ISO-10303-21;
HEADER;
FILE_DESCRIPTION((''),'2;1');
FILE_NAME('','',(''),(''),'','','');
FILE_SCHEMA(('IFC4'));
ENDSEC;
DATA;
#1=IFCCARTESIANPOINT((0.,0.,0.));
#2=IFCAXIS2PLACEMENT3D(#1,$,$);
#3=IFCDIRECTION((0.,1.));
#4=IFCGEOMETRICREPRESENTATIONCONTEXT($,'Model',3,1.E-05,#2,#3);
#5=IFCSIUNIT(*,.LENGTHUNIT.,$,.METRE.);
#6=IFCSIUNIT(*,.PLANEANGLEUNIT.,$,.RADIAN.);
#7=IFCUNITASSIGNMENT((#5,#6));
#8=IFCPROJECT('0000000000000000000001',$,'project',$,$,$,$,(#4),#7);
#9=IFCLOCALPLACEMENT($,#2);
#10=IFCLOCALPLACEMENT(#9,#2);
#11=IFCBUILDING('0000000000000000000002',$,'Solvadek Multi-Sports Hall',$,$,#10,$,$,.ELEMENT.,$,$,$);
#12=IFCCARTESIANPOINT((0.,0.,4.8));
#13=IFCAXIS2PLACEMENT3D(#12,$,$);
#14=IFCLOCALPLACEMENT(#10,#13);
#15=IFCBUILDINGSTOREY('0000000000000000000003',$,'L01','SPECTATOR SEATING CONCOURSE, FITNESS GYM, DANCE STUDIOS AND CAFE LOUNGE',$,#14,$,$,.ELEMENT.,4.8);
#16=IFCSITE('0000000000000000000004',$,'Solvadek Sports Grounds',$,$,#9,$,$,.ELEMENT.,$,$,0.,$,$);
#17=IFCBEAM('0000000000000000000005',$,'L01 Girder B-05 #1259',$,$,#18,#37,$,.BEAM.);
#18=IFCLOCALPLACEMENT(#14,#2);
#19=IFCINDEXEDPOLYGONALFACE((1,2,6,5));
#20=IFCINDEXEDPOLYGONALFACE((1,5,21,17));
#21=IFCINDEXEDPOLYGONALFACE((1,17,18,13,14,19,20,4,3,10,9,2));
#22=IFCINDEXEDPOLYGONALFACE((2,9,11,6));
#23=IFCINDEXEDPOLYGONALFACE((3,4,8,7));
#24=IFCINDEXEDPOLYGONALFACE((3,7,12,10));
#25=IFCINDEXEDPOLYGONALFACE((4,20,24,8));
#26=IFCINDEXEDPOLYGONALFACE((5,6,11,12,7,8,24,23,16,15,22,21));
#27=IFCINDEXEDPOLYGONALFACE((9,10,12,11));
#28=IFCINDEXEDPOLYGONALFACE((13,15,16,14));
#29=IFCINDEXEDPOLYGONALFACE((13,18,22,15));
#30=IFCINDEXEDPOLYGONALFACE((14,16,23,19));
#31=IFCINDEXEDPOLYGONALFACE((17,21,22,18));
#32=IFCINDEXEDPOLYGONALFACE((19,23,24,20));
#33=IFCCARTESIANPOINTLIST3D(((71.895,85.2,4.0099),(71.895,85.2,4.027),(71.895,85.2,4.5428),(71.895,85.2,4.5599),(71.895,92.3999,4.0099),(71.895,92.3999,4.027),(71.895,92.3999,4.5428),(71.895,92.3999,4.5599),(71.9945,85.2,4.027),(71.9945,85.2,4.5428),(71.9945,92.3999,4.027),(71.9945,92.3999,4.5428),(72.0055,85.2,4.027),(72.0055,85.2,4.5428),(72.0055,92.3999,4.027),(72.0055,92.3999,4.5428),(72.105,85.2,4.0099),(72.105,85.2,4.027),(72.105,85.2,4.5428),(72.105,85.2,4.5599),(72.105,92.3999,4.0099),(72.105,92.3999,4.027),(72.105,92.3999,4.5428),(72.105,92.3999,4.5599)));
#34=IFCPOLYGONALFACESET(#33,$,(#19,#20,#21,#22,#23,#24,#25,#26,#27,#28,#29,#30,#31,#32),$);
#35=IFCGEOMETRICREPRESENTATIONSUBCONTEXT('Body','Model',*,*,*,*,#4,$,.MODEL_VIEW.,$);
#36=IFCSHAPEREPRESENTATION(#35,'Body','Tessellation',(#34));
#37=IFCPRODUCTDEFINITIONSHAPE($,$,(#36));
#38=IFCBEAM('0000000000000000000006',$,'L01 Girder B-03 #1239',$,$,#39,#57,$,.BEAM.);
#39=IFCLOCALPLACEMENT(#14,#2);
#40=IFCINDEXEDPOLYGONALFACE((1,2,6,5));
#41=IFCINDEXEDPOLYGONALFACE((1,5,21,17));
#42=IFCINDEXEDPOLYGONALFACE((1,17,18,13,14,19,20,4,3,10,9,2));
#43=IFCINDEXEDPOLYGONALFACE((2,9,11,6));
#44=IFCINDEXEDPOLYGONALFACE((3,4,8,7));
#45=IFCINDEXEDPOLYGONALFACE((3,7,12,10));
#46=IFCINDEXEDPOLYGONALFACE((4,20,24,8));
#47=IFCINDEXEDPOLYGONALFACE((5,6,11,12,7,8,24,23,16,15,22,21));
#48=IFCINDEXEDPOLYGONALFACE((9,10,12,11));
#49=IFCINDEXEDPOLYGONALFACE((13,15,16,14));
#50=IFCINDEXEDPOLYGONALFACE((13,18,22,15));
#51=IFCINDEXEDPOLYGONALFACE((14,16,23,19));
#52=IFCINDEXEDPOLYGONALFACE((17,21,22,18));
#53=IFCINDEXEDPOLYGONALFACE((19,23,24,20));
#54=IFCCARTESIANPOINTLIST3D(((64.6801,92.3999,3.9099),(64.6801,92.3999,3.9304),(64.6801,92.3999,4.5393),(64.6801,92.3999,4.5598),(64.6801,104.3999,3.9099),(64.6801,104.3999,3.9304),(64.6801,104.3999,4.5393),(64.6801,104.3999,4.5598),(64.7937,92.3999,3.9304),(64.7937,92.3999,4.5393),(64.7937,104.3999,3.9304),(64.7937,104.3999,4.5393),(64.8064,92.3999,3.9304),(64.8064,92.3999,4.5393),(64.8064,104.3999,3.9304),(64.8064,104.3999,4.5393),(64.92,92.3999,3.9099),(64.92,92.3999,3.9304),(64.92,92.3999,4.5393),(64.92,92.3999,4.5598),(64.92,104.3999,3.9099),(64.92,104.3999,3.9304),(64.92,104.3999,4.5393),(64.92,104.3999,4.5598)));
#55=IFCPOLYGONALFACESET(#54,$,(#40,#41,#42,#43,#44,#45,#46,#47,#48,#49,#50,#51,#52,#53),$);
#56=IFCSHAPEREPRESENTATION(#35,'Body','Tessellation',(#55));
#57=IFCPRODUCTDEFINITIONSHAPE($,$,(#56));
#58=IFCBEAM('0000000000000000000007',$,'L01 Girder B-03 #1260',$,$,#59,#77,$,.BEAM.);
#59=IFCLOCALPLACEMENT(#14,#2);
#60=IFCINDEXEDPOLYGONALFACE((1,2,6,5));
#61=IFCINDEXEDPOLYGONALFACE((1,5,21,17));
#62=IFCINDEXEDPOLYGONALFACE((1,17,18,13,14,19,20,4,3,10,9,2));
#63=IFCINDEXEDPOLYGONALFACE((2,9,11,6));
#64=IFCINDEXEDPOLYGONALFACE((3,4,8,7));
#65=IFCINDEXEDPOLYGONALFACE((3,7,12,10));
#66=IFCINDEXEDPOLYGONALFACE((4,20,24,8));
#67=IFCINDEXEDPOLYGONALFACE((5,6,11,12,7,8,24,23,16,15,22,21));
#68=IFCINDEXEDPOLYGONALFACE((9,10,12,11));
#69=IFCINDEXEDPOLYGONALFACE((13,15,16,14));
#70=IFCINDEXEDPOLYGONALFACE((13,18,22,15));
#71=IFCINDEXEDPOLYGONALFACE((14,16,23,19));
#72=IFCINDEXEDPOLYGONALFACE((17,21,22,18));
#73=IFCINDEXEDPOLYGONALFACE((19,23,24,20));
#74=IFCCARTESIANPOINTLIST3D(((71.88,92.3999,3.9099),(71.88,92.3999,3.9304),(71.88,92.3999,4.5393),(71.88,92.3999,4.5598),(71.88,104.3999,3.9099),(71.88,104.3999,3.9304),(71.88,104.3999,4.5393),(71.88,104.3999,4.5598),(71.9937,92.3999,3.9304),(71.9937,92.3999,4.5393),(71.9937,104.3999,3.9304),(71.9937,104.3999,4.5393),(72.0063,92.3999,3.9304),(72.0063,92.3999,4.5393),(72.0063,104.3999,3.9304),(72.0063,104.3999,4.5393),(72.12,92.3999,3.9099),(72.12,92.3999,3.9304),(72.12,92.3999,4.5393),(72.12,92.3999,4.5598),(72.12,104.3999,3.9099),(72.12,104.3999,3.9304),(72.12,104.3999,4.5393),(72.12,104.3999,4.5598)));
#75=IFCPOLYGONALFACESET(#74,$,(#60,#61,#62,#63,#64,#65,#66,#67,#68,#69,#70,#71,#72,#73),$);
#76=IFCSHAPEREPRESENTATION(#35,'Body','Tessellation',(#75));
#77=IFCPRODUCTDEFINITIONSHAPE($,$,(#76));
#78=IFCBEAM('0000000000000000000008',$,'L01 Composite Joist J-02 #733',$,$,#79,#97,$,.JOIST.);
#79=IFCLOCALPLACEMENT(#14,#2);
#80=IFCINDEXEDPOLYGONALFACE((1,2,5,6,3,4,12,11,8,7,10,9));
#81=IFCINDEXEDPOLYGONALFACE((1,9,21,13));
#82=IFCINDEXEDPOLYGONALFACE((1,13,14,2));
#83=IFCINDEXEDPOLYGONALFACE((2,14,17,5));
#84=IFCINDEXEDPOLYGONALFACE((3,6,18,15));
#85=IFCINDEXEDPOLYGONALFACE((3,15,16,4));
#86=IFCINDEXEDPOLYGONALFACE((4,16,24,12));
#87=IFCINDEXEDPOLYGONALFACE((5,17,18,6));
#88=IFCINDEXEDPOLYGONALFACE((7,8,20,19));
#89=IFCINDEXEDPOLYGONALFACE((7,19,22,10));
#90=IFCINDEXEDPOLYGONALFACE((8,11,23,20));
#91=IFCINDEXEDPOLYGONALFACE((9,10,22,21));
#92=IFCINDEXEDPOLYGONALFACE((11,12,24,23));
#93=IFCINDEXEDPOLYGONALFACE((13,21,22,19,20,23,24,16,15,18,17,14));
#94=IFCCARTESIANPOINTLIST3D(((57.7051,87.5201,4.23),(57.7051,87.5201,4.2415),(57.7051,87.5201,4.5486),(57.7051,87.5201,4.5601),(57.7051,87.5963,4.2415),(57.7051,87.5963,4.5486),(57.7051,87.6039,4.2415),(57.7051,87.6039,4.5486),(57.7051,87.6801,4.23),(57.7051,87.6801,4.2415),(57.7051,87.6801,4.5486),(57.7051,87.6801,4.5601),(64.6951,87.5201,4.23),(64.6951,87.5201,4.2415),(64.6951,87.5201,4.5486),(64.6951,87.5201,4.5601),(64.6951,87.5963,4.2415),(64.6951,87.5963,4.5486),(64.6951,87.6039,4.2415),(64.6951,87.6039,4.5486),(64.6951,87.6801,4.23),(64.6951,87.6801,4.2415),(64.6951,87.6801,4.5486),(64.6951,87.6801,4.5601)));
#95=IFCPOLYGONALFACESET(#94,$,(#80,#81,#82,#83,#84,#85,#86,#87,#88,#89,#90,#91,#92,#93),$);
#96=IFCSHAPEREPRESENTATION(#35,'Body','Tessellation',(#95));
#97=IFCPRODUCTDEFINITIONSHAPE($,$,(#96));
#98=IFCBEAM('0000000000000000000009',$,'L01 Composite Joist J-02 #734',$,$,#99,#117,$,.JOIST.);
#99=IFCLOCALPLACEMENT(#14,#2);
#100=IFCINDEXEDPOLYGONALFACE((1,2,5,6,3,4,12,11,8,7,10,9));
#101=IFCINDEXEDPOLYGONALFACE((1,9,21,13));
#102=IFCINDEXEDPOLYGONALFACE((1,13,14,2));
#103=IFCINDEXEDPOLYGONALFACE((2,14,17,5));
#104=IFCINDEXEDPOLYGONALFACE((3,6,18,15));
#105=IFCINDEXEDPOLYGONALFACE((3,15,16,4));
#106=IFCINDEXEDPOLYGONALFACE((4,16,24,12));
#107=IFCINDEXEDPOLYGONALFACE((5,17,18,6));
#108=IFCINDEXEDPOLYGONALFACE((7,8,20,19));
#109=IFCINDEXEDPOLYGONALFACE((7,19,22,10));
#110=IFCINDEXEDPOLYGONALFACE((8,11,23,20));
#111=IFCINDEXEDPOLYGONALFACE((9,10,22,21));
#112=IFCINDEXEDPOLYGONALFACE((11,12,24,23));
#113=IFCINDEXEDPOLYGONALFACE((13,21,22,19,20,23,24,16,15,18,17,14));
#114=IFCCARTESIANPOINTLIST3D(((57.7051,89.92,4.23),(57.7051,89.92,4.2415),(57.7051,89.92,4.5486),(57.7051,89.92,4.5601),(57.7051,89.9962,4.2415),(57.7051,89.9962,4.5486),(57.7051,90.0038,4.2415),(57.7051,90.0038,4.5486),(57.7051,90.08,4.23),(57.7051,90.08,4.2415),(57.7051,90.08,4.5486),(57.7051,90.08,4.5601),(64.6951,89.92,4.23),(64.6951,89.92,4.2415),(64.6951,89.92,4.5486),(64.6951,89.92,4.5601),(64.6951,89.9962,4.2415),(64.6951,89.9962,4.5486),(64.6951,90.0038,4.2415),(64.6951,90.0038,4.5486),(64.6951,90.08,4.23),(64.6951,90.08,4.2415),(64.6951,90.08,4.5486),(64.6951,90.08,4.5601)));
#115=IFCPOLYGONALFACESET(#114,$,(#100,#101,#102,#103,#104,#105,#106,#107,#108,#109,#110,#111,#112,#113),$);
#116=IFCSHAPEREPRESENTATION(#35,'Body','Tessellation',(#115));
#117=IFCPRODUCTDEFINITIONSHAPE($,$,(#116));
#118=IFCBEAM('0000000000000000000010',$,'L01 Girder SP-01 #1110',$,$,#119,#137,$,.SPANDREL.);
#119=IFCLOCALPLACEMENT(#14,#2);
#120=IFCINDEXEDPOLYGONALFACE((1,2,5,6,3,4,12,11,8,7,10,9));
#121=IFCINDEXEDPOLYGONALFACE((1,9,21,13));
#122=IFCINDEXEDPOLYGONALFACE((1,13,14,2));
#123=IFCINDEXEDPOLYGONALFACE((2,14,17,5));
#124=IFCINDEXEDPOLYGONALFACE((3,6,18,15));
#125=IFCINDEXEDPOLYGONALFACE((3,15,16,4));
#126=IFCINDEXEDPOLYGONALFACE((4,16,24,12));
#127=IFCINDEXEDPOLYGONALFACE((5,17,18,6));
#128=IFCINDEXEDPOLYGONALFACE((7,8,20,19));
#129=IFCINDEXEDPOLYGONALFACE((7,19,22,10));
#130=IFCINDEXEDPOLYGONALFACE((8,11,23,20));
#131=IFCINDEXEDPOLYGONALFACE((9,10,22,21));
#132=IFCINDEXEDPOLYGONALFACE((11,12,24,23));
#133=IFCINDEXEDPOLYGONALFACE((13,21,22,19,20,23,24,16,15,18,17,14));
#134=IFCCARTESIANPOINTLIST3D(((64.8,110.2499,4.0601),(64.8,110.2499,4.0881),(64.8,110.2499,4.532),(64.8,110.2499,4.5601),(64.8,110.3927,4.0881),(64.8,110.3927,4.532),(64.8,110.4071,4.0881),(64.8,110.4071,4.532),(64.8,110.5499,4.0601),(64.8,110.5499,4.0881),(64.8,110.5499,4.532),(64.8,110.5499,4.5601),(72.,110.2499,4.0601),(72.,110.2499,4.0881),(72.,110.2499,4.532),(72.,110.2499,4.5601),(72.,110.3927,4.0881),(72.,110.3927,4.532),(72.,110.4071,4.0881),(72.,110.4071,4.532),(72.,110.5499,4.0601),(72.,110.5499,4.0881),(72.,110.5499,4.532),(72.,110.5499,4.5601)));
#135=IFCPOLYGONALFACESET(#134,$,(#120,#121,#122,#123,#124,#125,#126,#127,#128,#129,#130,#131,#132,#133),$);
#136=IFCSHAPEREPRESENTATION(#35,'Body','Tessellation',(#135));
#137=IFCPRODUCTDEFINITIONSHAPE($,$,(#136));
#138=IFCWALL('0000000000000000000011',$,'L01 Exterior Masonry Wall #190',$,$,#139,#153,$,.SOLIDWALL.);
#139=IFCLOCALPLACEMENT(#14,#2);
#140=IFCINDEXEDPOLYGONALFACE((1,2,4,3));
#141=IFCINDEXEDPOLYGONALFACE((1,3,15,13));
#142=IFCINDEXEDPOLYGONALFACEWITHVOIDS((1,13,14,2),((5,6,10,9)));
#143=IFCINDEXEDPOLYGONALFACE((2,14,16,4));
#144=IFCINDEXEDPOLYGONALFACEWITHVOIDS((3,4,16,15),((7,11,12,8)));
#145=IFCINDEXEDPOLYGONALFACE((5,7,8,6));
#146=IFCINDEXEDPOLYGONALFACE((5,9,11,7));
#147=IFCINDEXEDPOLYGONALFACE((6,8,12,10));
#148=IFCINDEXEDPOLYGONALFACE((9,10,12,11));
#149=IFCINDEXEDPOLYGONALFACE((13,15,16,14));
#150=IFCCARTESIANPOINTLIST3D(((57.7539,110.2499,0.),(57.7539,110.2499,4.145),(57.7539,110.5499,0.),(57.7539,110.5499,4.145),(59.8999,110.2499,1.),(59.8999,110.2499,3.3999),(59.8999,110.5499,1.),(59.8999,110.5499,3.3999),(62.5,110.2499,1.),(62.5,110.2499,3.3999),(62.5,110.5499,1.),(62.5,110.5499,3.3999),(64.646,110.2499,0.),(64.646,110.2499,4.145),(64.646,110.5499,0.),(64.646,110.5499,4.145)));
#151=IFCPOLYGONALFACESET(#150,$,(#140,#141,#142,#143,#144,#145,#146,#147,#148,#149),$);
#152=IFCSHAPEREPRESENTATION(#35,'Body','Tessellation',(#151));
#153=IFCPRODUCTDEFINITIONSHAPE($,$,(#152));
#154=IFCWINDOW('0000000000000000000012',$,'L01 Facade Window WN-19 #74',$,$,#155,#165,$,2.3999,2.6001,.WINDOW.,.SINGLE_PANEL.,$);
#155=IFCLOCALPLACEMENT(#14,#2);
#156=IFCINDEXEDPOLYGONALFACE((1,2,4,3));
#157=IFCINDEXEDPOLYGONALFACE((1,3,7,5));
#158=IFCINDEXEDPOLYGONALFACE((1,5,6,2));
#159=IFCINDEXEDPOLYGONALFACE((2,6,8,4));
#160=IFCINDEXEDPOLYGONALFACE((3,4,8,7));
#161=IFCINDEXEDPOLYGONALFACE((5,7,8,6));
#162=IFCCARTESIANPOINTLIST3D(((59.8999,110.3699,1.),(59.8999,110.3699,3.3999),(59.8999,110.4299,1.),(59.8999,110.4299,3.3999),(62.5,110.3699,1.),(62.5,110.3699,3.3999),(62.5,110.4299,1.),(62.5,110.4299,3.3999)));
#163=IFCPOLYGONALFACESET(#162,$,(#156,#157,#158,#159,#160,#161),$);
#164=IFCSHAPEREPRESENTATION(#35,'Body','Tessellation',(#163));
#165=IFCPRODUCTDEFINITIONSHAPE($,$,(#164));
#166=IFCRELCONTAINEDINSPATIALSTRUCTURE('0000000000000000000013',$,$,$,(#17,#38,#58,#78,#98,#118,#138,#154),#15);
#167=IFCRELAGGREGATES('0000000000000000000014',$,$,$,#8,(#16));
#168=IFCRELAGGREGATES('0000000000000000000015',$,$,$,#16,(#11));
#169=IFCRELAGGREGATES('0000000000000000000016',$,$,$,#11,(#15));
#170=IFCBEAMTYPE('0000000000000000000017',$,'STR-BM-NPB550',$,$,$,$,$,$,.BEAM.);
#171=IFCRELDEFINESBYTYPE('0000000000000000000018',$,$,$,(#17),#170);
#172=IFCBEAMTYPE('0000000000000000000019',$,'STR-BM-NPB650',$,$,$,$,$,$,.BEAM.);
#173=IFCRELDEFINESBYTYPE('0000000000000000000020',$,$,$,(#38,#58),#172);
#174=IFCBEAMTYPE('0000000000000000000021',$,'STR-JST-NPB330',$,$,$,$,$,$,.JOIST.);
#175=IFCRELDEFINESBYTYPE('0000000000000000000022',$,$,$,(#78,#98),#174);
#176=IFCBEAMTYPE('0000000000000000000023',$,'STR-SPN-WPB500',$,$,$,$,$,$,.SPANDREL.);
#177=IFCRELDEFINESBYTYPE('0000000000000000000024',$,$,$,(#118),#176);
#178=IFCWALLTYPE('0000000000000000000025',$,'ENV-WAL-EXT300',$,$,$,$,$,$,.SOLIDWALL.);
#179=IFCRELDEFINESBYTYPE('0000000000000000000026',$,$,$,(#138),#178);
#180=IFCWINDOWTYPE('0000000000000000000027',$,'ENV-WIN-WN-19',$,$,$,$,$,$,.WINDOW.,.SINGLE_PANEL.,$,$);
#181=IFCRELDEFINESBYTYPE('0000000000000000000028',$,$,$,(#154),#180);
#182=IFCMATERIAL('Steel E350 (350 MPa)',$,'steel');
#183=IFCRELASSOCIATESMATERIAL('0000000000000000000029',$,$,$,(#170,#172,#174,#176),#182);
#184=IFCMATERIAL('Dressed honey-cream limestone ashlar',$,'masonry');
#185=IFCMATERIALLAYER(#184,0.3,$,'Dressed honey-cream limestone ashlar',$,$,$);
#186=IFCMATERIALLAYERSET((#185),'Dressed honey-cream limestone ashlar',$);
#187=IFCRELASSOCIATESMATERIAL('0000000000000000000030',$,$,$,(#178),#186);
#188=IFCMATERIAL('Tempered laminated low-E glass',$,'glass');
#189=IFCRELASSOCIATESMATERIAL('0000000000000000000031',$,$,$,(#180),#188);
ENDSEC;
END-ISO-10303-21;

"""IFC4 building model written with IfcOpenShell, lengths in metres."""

from ifc_helpers import new_model, si_unit, direction, frame, frame_2d, origin, origin_2d, place, context, subcontext, project, spatial, rectangle, i_section, extrude, material, layer, layer_set, material_profile, profile_set, type_object, element, fill, save


model = new_model("IFC4")

# Units and contexts
model_context = context("Model", 3, precision=1e-05, world=origin(), true_north=direction((0.0, 1.0)))
body_context = subcontext(model_context, "Body", "Model", "MODEL_VIEW")
ifc_project = project(units=[si_unit("LENGTHUNIT", "METRE"), si_unit("PLANEANGLEUNIT", "RADIAN")], contexts=[model_context])

# Site, building, storey
site_placement = place(None, origin())
site = spatial("IfcSite", under=ifc_project, at=site_placement, Name="Solvadek Sports Grounds", CompositionType="ELEMENT", RefElevation=0.0)
building_placement = place(site_placement, origin())
building = spatial("IfcBuilding", under=site, at=building_placement, Name="Solvadek Multi-Sports Hall", CompositionType="ELEMENT")
storey_placement = place(building_placement, frame((0.0, 0.0, 4.8)))
storey = spatial("IfcBuildingStorey", under=building, at=storey_placement, Name="L01", Description="SPECTATOR SEATING CONCOURSE, FITNESS GYM, DANCE STUDIOS AND CAFE LOUNGE", CompositionType="ELEMENT", Elevation=4.8)

# Shared definitions
ifc_material_1 = material(Name="Steel E350 (350 MPa)", Category="steel")

# Beams
ifc_material_profile_1 = material_profile(ifc_material_1, i_section(OverallWidth=0.21, OverallDepth=0.55, WebThickness=0.011, FlangeThickness=0.0171, at=origin_2d()), Name="NPB 550")
ifc_profile_set_1 = profile_set([ifc_material_profile_1], Name="Steel E350 (350 MPa)")
beam_type_1 = type_object("IfcBeamType", Name="STR-BM-NPB550", PredefinedType="BEAM", material=ifc_profile_set_1)
beam_1_placement = place(storey_placement, frame((72.0, 85.2, 4.2849), z_axis=(0.0, 1.0, 0.0), x_axis=(-1.0, 0.0, 0.0)))
element("IfcBeam", 1, at=beam_1_placement, inside=storey, type_object=beam_type_1, Name="L01 Girder B-05 #1259", PredefinedType="BEAM", context=body_context, shape_type="SweptSolid", body=[
    extrude(i_section(OverallWidth=0.21, OverallDepth=0.55, WebThickness=0.011, FlangeThickness=0.0171, at=origin_2d()), origin(), (0.0, 0.0, 1.0), 7.2),
])
ifc_material_profile_2 = material_profile(ifc_material_1, i_section(OverallWidth=0.24, OverallDepth=0.6499, WebThickness=0.0127, FlangeThickness=0.0205, at=origin_2d()), Name="NPB 650")
ifc_profile_set_2 = profile_set([ifc_material_profile_2], Name="Steel E350 (350 MPa)")
beam_type_2 = type_object("IfcBeamType", Name="STR-BM-NPB650", PredefinedType="BEAM", material=ifc_profile_set_2)
for number, where, z_axis, x_axis, name in (
    (2, (64.8, 92.3999, 4.2349), (0.0, 1.0, 0.0), (-1.0, 0.0, 0.0), "L01 Girder B-03 #1239"),
    (3, (72.0, 92.3999, 4.2349), (0.0, 1.0, 0.0), (-1.0, 0.0, 0.0), "L01 Girder B-03 #1260"),
):
    element("IfcBeam", number, at=place(storey_placement, frame(where, z_axis=z_axis, x_axis=x_axis)), inside=storey, type_object=beam_type_2, Name=name, PredefinedType="BEAM", context=body_context, shape_type="SweptSolid", body=[
        extrude(i_section(OverallWidth=0.24, OverallDepth=0.6499, WebThickness=0.0127, FlangeThickness=0.0205, at=origin_2d()), origin(), (0.0, 0.0, 1.0), 12.0),
    ])
ifc_material_profile_3 = material_profile(ifc_material_1, i_section(OverallWidth=0.1599, OverallDepth=0.3301, WebThickness=0.0076, FlangeThickness=0.0115, at=origin_2d()), Name="NPB 330")
ifc_profile_set_3 = profile_set([ifc_material_profile_3], Name="Steel E350 (350 MPa)")
beam_type_3 = type_object("IfcBeamType", Name="STR-JST-NPB330", PredefinedType="JOIST", material=ifc_profile_set_3)
for number, where, z_axis, x_axis, name in (
    (4, (57.7051, 87.6001, 4.395), (1.0, 0.0, 0.0), (0.0, 1.0, 0.0), "L01 Composite Joist J-02 #733"),
    (5, (57.7051, 90.0, 4.395), (1.0, 0.0, 0.0), (0.0, 1.0, 0.0), "L01 Composite Joist J-02 #734"),
):
    element("IfcBeam", number, at=place(storey_placement, frame(where, z_axis=z_axis, x_axis=x_axis)), inside=storey, type_object=beam_type_3, Name=name, PredefinedType="JOIST", context=body_context, shape_type="SweptSolid", body=[
        extrude(i_section(OverallWidth=0.1599, OverallDepth=0.3301, WebThickness=0.0076, FlangeThickness=0.0115, at=origin_2d()), origin(), (0.0, 0.0, 1.0), 6.99),
    ])
ifc_material_profile_4 = material_profile(ifc_material_1, i_section(OverallWidth=0.3, OverallDepth=0.5, WebThickness=0.0144, FlangeThickness=0.0281, at=origin_2d()), Name="WPB 500")
ifc_profile_set_4 = profile_set([ifc_material_profile_4], Name="Steel E350 (350 MPa)")
beam_type_4 = type_object("IfcBeamType", Name="STR-SPN-WPB500", PredefinedType="SPANDREL", material=ifc_profile_set_4)
beam_2_placement = place(storey_placement, frame((64.8, 110.3999, 4.3101), z_axis=(1.0, 0.0, 0.0), x_axis=(0.0, 1.0, 0.0)))
element("IfcBeam", 6, at=beam_2_placement, inside=storey, type_object=beam_type_4, Name="L01 Girder SP-01 #1110", PredefinedType="SPANDREL", context=body_context, shape_type="SweptSolid", body=[
    extrude(i_section(OverallWidth=0.3, OverallDepth=0.5, WebThickness=0.0144, FlangeThickness=0.0281, at=origin_2d()), origin(), (0.0, 0.0, 1.0), 7.2),
])

# Wall, opening, window
ifc_material_2 = material(Name="Dressed honey-cream limestone ashlar", Category="masonry")
ifc_layer_1 = layer(ifc_material_2, 0.3, Name="Dressed honey-cream limestone ashlar")
ifc_layer_set_1 = layer_set([ifc_layer_1], Name="Dressed honey-cream limestone ashlar")
wall_type_1 = type_object("IfcWallType", Name="ENV-WAL-EXT300", PredefinedType="SOLIDWALL", material=ifc_layer_set_1)
wall_1_placement = place(storey_placement, frame((57.7539, 110.3999, 0.0), z_axis=(0.0, 0.0, 1.0), x_axis=(1.0, 0.0, 0.0)))
wall_1 = element("IfcWall", 7, at=wall_1_placement, inside=storey, type_object=wall_type_1, Name="L01 Exterior Masonry Wall #190", PredefinedType="SOLIDWALL", context=body_context, shape_type="SweptSolid", body=[
    extrude(rectangle(XDim=6.8921, YDim=0.3, at=frame_2d((3.446, 0.0))), origin(), (0.0, 0.0, 1.0), 4.145),
])
opening_1_placement = place(wall_1_placement, frame((2.146, 0.0, 1.0)))
opening_1 = element("IfcOpeningElement", 8, at=opening_1_placement, cuts=wall_1, PredefinedType="OPENING", context=body_context, shape_type="SweptSolid", body=[
    extrude(rectangle(XDim=2.6001, YDim=2.3999, at=frame_2d((1.3, 1.2))), frame((0.0, 0.1599, 0.0), z_axis=(0.0, -1.0, 0.0), x_axis=(1.0, 0.0, 0.0)), (0.0, 0.0, 1.0), 0.3201),
])
ifc_material_3 = material(Name="Tempered laminated low-E glass", Category="glass")
window_type_1 = type_object("IfcWindowType", Name="ENV-WIN-WN-19", PartitioningType="SINGLE_PANEL", PredefinedType="WINDOW", material=ifc_material_3)
window_1_placement = place(opening_1_placement, origin())
window_1 = element("IfcWindow", 9, at=window_1_placement, inside=storey, type_object=window_type_1, Name="L01 Facade Window WN-19 #74", OverallHeight=2.3999, OverallWidth=2.6001, PartitioningType="SINGLE_PANEL", PredefinedType="WINDOW", context=body_context, shape_type="SweptSolid", body=[
    extrude(rectangle(XDim=2.6001, YDim=2.3999, at=frame_2d((1.3, 1.2))), frame((0.0, 0.03, 0.0), z_axis=(0.0, -1.0, 0.0), x_axis=(1.0, 0.0, 0.0)), (0.0, 0.0, 1.0), 0.0601),
])
fill(opening_1, window_1)

save(model, "model.ifc")
